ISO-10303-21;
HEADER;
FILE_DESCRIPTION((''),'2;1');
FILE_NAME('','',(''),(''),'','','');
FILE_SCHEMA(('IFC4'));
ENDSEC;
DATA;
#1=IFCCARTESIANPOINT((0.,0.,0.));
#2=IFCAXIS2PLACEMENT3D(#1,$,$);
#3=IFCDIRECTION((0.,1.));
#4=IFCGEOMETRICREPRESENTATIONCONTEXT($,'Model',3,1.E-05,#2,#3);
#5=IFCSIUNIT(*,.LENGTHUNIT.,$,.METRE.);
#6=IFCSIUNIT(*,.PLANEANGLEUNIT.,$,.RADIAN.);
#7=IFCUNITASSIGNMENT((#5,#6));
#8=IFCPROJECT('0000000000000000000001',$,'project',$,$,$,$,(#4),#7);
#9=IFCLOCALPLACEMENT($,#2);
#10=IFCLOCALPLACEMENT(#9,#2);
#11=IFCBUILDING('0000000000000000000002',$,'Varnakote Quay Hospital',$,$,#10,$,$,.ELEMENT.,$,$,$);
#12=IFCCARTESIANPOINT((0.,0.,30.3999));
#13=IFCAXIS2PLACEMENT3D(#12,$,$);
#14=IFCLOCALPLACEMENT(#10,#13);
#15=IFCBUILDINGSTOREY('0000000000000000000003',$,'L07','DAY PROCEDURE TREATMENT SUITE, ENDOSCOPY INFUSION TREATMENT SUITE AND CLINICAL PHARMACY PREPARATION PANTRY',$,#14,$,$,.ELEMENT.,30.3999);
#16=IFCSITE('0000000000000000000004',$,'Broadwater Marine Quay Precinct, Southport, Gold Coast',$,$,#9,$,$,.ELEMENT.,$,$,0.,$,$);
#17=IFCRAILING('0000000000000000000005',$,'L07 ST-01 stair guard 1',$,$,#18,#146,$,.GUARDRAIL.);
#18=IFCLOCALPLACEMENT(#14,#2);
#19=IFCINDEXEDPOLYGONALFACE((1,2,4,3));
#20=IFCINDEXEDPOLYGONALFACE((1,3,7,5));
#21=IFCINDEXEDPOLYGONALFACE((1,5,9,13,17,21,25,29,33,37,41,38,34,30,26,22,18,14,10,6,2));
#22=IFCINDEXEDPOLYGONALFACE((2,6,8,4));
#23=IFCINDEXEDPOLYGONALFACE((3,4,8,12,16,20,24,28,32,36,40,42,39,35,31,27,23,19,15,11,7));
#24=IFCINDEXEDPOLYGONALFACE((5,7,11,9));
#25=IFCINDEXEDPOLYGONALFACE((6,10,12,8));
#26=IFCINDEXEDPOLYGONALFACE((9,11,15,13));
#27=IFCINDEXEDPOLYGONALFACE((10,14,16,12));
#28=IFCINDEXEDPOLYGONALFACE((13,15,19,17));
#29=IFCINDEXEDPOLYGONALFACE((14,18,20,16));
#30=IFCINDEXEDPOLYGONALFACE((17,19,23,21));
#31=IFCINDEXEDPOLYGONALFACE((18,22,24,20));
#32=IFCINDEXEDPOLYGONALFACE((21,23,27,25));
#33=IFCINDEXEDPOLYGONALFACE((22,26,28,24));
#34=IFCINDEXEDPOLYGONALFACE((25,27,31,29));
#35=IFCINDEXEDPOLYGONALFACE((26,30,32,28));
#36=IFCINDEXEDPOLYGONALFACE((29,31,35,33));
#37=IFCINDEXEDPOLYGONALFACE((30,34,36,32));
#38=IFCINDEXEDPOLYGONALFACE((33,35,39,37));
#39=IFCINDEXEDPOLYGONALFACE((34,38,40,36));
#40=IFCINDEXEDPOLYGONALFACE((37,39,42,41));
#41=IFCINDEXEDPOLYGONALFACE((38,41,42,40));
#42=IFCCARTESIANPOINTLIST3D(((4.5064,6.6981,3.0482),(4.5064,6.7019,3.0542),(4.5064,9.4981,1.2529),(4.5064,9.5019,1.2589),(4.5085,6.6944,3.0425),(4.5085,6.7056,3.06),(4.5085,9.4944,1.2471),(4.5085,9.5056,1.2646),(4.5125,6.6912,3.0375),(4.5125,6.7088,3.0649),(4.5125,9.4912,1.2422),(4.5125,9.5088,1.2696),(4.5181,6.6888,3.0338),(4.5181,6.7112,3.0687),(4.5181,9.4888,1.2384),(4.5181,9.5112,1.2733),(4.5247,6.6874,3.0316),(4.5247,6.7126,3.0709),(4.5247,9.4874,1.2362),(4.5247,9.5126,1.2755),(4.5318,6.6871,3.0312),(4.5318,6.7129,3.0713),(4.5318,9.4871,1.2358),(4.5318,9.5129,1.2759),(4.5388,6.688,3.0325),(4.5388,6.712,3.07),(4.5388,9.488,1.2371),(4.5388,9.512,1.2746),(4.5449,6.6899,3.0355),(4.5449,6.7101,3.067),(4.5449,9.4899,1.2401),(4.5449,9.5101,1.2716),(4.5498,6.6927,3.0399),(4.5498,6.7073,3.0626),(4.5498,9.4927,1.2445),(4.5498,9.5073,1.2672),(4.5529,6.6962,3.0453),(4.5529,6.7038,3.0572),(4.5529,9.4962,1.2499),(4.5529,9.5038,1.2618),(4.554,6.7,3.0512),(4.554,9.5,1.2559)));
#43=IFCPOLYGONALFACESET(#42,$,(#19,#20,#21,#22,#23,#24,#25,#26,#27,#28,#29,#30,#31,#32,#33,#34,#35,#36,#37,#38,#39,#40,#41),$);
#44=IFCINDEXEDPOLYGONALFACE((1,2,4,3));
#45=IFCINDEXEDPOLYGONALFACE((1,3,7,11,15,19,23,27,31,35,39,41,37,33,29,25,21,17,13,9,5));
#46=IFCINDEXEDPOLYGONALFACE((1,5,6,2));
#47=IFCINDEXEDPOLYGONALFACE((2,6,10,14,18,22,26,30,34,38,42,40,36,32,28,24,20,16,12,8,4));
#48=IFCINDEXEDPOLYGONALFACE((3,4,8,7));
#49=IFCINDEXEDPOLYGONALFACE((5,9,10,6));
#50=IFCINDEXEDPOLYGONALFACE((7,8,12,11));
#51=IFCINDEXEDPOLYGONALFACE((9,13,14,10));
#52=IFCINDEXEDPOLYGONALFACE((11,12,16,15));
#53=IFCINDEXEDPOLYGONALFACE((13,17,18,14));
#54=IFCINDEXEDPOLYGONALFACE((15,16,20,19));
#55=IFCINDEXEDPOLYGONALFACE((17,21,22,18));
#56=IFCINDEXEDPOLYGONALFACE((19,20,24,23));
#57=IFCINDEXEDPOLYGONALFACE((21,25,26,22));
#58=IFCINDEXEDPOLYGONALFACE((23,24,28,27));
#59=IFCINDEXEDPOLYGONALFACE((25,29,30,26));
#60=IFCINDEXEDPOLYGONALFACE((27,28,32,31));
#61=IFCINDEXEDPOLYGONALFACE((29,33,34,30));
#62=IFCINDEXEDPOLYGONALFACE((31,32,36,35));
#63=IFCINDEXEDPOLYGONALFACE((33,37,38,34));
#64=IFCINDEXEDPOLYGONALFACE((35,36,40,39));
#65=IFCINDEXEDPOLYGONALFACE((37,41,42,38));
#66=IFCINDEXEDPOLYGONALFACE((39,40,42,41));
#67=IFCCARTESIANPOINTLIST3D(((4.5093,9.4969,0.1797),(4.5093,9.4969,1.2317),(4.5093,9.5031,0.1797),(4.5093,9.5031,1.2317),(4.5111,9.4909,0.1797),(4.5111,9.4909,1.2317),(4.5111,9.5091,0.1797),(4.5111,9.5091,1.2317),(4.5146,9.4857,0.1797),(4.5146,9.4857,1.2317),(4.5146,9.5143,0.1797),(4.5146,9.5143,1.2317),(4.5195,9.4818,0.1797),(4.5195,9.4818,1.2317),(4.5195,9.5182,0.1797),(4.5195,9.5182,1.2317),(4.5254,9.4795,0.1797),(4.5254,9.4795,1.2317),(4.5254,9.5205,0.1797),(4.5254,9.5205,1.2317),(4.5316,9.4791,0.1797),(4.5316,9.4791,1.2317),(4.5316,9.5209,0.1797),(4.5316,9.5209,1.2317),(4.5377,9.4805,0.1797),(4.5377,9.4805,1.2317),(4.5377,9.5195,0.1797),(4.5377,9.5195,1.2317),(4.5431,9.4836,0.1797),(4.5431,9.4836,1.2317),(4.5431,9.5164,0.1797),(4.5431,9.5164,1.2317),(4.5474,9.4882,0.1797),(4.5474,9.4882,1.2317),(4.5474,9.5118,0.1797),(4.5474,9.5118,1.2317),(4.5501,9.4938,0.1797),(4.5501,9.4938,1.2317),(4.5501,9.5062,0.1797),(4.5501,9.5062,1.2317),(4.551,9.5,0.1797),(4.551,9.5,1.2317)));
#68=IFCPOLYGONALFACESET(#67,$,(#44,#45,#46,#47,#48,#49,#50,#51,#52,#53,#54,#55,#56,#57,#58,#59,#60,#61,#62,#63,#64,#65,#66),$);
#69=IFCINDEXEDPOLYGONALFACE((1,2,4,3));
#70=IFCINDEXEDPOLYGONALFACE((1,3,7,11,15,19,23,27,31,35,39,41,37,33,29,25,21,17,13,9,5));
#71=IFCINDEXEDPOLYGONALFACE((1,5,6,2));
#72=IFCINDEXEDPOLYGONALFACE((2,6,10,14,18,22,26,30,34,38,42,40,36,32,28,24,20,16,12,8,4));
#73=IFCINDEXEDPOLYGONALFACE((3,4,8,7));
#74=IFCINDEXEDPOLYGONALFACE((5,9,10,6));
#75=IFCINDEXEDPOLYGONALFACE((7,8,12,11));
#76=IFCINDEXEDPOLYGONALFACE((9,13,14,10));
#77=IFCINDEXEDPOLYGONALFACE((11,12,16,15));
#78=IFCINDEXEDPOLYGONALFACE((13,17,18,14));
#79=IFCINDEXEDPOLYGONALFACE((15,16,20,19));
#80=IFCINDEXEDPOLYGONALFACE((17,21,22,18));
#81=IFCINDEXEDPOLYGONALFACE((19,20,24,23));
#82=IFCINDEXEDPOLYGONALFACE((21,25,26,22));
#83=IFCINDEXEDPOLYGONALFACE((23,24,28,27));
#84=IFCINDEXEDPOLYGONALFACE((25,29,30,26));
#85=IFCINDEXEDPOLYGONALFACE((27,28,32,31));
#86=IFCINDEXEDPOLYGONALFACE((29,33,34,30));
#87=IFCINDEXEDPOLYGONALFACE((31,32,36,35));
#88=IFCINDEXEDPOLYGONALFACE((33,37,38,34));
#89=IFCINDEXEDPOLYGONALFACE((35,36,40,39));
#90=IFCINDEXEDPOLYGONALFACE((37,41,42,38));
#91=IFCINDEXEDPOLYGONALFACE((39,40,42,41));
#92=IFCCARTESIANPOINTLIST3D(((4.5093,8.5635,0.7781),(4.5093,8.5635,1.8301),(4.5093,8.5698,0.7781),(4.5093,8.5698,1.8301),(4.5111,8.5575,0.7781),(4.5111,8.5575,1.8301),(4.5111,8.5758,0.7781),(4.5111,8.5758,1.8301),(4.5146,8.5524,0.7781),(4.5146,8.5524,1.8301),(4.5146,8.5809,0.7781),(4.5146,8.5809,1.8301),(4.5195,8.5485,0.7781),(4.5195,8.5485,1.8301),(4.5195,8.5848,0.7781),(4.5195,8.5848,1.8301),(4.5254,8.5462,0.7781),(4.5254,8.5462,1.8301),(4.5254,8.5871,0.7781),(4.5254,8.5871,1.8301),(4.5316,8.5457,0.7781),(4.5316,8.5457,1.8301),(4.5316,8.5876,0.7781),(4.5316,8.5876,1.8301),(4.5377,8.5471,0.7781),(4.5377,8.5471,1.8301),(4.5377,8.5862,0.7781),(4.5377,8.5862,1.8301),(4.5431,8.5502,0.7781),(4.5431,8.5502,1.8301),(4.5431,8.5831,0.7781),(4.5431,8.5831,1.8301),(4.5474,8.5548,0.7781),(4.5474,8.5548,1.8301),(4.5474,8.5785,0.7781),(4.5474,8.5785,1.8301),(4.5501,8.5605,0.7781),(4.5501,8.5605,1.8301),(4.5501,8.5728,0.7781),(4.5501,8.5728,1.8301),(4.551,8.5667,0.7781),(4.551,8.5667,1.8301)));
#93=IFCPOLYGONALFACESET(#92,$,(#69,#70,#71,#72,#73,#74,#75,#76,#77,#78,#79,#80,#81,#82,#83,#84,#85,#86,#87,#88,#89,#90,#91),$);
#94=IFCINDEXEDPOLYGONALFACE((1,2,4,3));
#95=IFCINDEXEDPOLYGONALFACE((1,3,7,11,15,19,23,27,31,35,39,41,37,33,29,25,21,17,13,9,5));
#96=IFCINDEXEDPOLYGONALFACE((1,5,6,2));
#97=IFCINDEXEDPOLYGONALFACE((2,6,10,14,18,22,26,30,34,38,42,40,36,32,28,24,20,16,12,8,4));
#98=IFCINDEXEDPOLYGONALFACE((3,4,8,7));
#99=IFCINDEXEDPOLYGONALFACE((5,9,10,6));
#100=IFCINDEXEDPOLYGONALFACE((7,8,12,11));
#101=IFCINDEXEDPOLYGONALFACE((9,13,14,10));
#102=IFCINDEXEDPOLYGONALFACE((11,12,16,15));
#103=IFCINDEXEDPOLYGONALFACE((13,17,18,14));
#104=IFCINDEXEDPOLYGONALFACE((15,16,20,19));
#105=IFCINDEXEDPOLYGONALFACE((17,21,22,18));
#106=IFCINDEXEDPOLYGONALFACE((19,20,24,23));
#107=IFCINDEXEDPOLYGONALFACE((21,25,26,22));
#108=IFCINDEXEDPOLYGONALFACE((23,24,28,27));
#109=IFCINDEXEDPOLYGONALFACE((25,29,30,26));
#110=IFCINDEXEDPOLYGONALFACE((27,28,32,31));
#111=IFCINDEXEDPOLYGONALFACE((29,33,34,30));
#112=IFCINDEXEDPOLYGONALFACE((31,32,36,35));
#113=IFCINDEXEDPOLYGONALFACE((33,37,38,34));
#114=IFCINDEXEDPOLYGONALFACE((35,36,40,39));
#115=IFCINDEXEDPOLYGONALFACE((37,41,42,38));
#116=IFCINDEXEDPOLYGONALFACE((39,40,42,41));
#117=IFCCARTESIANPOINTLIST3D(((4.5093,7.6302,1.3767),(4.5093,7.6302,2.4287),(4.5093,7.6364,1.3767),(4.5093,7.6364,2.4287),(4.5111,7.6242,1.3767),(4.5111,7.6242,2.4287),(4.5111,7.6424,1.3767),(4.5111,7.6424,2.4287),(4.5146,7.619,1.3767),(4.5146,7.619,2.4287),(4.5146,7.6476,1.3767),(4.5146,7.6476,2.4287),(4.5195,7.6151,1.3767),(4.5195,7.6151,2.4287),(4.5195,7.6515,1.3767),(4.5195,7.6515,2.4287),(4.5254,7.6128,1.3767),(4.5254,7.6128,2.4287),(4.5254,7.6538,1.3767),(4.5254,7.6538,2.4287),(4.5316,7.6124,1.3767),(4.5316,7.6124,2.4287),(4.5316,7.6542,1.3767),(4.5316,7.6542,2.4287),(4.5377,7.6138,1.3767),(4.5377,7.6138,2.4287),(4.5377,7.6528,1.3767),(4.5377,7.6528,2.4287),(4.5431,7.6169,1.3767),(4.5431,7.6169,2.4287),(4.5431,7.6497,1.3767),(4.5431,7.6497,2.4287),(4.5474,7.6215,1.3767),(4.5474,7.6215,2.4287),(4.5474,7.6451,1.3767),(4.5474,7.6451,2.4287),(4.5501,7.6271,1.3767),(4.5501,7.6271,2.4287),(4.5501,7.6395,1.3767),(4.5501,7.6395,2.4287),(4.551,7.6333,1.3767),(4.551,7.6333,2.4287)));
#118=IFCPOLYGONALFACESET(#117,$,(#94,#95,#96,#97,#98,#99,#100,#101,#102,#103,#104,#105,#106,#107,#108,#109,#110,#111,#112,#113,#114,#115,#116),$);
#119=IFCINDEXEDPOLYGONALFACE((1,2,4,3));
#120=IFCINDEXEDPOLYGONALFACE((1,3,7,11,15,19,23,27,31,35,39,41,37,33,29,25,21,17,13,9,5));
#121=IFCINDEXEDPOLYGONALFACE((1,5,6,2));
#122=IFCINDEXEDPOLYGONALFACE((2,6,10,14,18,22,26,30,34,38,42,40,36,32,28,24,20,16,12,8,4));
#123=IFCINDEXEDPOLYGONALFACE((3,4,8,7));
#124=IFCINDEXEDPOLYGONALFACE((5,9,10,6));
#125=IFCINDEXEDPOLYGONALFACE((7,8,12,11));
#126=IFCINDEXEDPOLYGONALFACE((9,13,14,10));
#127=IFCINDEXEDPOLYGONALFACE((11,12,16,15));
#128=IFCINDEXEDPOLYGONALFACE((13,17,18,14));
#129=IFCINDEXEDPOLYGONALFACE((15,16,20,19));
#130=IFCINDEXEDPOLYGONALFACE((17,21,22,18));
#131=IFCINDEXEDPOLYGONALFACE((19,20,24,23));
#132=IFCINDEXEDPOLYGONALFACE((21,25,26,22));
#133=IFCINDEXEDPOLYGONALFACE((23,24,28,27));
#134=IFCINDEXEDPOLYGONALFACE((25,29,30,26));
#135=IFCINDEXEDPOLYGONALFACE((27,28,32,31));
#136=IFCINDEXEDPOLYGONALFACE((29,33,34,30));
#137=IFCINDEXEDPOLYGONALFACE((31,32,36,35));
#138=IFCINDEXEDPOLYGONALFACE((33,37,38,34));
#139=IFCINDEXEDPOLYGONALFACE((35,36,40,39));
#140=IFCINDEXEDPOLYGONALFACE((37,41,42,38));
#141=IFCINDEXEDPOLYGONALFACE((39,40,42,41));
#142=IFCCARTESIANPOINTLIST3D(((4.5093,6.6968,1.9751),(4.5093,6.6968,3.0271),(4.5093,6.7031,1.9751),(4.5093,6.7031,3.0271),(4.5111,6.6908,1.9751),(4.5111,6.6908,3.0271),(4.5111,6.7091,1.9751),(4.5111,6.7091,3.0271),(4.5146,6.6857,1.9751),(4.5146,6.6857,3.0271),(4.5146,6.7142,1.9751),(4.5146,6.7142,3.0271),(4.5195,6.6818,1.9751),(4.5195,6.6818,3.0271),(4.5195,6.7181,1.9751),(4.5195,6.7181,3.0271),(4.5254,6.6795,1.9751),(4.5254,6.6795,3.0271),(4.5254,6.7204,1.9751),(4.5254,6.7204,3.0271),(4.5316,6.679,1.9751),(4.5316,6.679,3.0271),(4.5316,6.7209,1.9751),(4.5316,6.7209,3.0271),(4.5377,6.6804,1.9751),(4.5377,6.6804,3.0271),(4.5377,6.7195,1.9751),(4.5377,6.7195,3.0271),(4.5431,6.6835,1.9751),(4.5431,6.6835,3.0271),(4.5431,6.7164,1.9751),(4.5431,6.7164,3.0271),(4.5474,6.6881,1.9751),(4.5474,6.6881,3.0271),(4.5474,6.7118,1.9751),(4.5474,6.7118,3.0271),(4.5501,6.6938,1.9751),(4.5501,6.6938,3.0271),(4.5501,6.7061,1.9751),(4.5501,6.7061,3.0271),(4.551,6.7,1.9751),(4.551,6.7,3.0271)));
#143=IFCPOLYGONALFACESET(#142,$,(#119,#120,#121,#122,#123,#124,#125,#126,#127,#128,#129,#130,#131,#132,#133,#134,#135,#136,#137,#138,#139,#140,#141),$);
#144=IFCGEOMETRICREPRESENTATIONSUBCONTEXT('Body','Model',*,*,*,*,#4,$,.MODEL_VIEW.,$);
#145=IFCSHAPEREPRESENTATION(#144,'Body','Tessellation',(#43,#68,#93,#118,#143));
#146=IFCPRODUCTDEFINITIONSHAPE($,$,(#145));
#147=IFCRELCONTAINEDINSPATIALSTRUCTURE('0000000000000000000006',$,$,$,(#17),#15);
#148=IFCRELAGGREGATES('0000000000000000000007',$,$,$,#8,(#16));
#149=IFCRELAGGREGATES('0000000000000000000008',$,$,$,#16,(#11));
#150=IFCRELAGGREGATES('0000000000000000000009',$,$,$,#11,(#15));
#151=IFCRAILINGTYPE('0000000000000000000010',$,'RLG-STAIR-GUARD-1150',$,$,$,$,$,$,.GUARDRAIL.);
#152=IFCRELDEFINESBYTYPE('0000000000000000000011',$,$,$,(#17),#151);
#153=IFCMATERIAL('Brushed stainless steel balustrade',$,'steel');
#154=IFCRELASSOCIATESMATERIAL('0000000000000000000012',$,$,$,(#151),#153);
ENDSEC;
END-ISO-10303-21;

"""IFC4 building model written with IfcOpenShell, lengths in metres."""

from ifc_helpers import new_model, si_unit, direction, frame, origin, origin_2d, place, context, subcontext, project, spatial, circle, extrude, material, type_object, element, save


model = new_model("IFC4")

# Units and contexts
model_context = context("Model", 3, precision=1e-05, world=origin(), true_north=direction((0.0, 1.0)))
body_context = subcontext(model_context, "Body", "Model", "MODEL_VIEW")
ifc_project = project(units=[si_unit("LENGTHUNIT", "METRE"), si_unit("PLANEANGLEUNIT", "RADIAN")], contexts=[model_context])

# Site, building, storey
site_placement = place(None, origin())
site = spatial("IfcSite", under=ifc_project, at=site_placement, Name="Broadwater Marine Quay Precinct, Southport, Gold Coast", CompositionType="ELEMENT", RefElevation=0.0)
building_placement = place(site_placement, origin())
building = spatial("IfcBuilding", under=site, at=building_placement, Name="Varnakote Quay Hospital", CompositionType="ELEMENT")
storey_placement = place(building_placement, frame((0.0, 0.0, 30.3999)))
storey = spatial("IfcBuildingStorey", under=building, at=storey_placement, Name="L07", Description="DAY PROCEDURE TREATMENT SUITE, ENDOSCOPY INFUSION TREATMENT SUITE AND CLINICAL PHARMACY PREPARATION PANTRY", CompositionType="ELEMENT", Elevation=30.3999)

# Railing
ifc_material_1 = material(Name="Brushed stainless steel balustrade", Category="steel")
railing_type_1 = type_object("IfcRailingType", Name="RLG-STAIR-GUARD-1150", PredefinedType="GUARDRAIL", material=ifc_material_1)
railing_1_placement = place(storey_placement, frame((4.53, 9.5, 0.1797)))
element("IfcRailing", 1, at=railing_1_placement, inside=storey, type_object=railing_type_1, Name="L07 ST-01 stair guard 1", PredefinedType="GUARDRAIL", context=body_context, shape_type="SweptSolid", body=[
    extrude(circle(Radius=0.0239, at=origin_2d()), frame((0.0, 0.0, 1.0762), z_axis=(0.0, -0.84181, 0.539774), x_axis=(1.0, 0.0, 0.0)), (0.0, 0.0, 1.0), 3.3262),
    extrude(circle(Radius=0.021, at=origin_2d()), origin(), (0.0, 0.0, 1.0), 1.052),
    extrude(circle(Radius=0.021, at=origin_2d()), frame((0.0, -0.9333, 0.5984)), (0.0, 0.0, 1.0), 1.052),
    extrude(circle(Radius=0.021, at=origin_2d()), frame((0.0, -1.8667, 1.197)), (0.0, 0.0, 1.0), 1.052),
    extrude(circle(Radius=0.021, at=origin_2d()), frame((0.0, -2.8, 1.7954)), (0.0, 0.0, 1.0), 1.052),
])

save(model, "model.ifc")
